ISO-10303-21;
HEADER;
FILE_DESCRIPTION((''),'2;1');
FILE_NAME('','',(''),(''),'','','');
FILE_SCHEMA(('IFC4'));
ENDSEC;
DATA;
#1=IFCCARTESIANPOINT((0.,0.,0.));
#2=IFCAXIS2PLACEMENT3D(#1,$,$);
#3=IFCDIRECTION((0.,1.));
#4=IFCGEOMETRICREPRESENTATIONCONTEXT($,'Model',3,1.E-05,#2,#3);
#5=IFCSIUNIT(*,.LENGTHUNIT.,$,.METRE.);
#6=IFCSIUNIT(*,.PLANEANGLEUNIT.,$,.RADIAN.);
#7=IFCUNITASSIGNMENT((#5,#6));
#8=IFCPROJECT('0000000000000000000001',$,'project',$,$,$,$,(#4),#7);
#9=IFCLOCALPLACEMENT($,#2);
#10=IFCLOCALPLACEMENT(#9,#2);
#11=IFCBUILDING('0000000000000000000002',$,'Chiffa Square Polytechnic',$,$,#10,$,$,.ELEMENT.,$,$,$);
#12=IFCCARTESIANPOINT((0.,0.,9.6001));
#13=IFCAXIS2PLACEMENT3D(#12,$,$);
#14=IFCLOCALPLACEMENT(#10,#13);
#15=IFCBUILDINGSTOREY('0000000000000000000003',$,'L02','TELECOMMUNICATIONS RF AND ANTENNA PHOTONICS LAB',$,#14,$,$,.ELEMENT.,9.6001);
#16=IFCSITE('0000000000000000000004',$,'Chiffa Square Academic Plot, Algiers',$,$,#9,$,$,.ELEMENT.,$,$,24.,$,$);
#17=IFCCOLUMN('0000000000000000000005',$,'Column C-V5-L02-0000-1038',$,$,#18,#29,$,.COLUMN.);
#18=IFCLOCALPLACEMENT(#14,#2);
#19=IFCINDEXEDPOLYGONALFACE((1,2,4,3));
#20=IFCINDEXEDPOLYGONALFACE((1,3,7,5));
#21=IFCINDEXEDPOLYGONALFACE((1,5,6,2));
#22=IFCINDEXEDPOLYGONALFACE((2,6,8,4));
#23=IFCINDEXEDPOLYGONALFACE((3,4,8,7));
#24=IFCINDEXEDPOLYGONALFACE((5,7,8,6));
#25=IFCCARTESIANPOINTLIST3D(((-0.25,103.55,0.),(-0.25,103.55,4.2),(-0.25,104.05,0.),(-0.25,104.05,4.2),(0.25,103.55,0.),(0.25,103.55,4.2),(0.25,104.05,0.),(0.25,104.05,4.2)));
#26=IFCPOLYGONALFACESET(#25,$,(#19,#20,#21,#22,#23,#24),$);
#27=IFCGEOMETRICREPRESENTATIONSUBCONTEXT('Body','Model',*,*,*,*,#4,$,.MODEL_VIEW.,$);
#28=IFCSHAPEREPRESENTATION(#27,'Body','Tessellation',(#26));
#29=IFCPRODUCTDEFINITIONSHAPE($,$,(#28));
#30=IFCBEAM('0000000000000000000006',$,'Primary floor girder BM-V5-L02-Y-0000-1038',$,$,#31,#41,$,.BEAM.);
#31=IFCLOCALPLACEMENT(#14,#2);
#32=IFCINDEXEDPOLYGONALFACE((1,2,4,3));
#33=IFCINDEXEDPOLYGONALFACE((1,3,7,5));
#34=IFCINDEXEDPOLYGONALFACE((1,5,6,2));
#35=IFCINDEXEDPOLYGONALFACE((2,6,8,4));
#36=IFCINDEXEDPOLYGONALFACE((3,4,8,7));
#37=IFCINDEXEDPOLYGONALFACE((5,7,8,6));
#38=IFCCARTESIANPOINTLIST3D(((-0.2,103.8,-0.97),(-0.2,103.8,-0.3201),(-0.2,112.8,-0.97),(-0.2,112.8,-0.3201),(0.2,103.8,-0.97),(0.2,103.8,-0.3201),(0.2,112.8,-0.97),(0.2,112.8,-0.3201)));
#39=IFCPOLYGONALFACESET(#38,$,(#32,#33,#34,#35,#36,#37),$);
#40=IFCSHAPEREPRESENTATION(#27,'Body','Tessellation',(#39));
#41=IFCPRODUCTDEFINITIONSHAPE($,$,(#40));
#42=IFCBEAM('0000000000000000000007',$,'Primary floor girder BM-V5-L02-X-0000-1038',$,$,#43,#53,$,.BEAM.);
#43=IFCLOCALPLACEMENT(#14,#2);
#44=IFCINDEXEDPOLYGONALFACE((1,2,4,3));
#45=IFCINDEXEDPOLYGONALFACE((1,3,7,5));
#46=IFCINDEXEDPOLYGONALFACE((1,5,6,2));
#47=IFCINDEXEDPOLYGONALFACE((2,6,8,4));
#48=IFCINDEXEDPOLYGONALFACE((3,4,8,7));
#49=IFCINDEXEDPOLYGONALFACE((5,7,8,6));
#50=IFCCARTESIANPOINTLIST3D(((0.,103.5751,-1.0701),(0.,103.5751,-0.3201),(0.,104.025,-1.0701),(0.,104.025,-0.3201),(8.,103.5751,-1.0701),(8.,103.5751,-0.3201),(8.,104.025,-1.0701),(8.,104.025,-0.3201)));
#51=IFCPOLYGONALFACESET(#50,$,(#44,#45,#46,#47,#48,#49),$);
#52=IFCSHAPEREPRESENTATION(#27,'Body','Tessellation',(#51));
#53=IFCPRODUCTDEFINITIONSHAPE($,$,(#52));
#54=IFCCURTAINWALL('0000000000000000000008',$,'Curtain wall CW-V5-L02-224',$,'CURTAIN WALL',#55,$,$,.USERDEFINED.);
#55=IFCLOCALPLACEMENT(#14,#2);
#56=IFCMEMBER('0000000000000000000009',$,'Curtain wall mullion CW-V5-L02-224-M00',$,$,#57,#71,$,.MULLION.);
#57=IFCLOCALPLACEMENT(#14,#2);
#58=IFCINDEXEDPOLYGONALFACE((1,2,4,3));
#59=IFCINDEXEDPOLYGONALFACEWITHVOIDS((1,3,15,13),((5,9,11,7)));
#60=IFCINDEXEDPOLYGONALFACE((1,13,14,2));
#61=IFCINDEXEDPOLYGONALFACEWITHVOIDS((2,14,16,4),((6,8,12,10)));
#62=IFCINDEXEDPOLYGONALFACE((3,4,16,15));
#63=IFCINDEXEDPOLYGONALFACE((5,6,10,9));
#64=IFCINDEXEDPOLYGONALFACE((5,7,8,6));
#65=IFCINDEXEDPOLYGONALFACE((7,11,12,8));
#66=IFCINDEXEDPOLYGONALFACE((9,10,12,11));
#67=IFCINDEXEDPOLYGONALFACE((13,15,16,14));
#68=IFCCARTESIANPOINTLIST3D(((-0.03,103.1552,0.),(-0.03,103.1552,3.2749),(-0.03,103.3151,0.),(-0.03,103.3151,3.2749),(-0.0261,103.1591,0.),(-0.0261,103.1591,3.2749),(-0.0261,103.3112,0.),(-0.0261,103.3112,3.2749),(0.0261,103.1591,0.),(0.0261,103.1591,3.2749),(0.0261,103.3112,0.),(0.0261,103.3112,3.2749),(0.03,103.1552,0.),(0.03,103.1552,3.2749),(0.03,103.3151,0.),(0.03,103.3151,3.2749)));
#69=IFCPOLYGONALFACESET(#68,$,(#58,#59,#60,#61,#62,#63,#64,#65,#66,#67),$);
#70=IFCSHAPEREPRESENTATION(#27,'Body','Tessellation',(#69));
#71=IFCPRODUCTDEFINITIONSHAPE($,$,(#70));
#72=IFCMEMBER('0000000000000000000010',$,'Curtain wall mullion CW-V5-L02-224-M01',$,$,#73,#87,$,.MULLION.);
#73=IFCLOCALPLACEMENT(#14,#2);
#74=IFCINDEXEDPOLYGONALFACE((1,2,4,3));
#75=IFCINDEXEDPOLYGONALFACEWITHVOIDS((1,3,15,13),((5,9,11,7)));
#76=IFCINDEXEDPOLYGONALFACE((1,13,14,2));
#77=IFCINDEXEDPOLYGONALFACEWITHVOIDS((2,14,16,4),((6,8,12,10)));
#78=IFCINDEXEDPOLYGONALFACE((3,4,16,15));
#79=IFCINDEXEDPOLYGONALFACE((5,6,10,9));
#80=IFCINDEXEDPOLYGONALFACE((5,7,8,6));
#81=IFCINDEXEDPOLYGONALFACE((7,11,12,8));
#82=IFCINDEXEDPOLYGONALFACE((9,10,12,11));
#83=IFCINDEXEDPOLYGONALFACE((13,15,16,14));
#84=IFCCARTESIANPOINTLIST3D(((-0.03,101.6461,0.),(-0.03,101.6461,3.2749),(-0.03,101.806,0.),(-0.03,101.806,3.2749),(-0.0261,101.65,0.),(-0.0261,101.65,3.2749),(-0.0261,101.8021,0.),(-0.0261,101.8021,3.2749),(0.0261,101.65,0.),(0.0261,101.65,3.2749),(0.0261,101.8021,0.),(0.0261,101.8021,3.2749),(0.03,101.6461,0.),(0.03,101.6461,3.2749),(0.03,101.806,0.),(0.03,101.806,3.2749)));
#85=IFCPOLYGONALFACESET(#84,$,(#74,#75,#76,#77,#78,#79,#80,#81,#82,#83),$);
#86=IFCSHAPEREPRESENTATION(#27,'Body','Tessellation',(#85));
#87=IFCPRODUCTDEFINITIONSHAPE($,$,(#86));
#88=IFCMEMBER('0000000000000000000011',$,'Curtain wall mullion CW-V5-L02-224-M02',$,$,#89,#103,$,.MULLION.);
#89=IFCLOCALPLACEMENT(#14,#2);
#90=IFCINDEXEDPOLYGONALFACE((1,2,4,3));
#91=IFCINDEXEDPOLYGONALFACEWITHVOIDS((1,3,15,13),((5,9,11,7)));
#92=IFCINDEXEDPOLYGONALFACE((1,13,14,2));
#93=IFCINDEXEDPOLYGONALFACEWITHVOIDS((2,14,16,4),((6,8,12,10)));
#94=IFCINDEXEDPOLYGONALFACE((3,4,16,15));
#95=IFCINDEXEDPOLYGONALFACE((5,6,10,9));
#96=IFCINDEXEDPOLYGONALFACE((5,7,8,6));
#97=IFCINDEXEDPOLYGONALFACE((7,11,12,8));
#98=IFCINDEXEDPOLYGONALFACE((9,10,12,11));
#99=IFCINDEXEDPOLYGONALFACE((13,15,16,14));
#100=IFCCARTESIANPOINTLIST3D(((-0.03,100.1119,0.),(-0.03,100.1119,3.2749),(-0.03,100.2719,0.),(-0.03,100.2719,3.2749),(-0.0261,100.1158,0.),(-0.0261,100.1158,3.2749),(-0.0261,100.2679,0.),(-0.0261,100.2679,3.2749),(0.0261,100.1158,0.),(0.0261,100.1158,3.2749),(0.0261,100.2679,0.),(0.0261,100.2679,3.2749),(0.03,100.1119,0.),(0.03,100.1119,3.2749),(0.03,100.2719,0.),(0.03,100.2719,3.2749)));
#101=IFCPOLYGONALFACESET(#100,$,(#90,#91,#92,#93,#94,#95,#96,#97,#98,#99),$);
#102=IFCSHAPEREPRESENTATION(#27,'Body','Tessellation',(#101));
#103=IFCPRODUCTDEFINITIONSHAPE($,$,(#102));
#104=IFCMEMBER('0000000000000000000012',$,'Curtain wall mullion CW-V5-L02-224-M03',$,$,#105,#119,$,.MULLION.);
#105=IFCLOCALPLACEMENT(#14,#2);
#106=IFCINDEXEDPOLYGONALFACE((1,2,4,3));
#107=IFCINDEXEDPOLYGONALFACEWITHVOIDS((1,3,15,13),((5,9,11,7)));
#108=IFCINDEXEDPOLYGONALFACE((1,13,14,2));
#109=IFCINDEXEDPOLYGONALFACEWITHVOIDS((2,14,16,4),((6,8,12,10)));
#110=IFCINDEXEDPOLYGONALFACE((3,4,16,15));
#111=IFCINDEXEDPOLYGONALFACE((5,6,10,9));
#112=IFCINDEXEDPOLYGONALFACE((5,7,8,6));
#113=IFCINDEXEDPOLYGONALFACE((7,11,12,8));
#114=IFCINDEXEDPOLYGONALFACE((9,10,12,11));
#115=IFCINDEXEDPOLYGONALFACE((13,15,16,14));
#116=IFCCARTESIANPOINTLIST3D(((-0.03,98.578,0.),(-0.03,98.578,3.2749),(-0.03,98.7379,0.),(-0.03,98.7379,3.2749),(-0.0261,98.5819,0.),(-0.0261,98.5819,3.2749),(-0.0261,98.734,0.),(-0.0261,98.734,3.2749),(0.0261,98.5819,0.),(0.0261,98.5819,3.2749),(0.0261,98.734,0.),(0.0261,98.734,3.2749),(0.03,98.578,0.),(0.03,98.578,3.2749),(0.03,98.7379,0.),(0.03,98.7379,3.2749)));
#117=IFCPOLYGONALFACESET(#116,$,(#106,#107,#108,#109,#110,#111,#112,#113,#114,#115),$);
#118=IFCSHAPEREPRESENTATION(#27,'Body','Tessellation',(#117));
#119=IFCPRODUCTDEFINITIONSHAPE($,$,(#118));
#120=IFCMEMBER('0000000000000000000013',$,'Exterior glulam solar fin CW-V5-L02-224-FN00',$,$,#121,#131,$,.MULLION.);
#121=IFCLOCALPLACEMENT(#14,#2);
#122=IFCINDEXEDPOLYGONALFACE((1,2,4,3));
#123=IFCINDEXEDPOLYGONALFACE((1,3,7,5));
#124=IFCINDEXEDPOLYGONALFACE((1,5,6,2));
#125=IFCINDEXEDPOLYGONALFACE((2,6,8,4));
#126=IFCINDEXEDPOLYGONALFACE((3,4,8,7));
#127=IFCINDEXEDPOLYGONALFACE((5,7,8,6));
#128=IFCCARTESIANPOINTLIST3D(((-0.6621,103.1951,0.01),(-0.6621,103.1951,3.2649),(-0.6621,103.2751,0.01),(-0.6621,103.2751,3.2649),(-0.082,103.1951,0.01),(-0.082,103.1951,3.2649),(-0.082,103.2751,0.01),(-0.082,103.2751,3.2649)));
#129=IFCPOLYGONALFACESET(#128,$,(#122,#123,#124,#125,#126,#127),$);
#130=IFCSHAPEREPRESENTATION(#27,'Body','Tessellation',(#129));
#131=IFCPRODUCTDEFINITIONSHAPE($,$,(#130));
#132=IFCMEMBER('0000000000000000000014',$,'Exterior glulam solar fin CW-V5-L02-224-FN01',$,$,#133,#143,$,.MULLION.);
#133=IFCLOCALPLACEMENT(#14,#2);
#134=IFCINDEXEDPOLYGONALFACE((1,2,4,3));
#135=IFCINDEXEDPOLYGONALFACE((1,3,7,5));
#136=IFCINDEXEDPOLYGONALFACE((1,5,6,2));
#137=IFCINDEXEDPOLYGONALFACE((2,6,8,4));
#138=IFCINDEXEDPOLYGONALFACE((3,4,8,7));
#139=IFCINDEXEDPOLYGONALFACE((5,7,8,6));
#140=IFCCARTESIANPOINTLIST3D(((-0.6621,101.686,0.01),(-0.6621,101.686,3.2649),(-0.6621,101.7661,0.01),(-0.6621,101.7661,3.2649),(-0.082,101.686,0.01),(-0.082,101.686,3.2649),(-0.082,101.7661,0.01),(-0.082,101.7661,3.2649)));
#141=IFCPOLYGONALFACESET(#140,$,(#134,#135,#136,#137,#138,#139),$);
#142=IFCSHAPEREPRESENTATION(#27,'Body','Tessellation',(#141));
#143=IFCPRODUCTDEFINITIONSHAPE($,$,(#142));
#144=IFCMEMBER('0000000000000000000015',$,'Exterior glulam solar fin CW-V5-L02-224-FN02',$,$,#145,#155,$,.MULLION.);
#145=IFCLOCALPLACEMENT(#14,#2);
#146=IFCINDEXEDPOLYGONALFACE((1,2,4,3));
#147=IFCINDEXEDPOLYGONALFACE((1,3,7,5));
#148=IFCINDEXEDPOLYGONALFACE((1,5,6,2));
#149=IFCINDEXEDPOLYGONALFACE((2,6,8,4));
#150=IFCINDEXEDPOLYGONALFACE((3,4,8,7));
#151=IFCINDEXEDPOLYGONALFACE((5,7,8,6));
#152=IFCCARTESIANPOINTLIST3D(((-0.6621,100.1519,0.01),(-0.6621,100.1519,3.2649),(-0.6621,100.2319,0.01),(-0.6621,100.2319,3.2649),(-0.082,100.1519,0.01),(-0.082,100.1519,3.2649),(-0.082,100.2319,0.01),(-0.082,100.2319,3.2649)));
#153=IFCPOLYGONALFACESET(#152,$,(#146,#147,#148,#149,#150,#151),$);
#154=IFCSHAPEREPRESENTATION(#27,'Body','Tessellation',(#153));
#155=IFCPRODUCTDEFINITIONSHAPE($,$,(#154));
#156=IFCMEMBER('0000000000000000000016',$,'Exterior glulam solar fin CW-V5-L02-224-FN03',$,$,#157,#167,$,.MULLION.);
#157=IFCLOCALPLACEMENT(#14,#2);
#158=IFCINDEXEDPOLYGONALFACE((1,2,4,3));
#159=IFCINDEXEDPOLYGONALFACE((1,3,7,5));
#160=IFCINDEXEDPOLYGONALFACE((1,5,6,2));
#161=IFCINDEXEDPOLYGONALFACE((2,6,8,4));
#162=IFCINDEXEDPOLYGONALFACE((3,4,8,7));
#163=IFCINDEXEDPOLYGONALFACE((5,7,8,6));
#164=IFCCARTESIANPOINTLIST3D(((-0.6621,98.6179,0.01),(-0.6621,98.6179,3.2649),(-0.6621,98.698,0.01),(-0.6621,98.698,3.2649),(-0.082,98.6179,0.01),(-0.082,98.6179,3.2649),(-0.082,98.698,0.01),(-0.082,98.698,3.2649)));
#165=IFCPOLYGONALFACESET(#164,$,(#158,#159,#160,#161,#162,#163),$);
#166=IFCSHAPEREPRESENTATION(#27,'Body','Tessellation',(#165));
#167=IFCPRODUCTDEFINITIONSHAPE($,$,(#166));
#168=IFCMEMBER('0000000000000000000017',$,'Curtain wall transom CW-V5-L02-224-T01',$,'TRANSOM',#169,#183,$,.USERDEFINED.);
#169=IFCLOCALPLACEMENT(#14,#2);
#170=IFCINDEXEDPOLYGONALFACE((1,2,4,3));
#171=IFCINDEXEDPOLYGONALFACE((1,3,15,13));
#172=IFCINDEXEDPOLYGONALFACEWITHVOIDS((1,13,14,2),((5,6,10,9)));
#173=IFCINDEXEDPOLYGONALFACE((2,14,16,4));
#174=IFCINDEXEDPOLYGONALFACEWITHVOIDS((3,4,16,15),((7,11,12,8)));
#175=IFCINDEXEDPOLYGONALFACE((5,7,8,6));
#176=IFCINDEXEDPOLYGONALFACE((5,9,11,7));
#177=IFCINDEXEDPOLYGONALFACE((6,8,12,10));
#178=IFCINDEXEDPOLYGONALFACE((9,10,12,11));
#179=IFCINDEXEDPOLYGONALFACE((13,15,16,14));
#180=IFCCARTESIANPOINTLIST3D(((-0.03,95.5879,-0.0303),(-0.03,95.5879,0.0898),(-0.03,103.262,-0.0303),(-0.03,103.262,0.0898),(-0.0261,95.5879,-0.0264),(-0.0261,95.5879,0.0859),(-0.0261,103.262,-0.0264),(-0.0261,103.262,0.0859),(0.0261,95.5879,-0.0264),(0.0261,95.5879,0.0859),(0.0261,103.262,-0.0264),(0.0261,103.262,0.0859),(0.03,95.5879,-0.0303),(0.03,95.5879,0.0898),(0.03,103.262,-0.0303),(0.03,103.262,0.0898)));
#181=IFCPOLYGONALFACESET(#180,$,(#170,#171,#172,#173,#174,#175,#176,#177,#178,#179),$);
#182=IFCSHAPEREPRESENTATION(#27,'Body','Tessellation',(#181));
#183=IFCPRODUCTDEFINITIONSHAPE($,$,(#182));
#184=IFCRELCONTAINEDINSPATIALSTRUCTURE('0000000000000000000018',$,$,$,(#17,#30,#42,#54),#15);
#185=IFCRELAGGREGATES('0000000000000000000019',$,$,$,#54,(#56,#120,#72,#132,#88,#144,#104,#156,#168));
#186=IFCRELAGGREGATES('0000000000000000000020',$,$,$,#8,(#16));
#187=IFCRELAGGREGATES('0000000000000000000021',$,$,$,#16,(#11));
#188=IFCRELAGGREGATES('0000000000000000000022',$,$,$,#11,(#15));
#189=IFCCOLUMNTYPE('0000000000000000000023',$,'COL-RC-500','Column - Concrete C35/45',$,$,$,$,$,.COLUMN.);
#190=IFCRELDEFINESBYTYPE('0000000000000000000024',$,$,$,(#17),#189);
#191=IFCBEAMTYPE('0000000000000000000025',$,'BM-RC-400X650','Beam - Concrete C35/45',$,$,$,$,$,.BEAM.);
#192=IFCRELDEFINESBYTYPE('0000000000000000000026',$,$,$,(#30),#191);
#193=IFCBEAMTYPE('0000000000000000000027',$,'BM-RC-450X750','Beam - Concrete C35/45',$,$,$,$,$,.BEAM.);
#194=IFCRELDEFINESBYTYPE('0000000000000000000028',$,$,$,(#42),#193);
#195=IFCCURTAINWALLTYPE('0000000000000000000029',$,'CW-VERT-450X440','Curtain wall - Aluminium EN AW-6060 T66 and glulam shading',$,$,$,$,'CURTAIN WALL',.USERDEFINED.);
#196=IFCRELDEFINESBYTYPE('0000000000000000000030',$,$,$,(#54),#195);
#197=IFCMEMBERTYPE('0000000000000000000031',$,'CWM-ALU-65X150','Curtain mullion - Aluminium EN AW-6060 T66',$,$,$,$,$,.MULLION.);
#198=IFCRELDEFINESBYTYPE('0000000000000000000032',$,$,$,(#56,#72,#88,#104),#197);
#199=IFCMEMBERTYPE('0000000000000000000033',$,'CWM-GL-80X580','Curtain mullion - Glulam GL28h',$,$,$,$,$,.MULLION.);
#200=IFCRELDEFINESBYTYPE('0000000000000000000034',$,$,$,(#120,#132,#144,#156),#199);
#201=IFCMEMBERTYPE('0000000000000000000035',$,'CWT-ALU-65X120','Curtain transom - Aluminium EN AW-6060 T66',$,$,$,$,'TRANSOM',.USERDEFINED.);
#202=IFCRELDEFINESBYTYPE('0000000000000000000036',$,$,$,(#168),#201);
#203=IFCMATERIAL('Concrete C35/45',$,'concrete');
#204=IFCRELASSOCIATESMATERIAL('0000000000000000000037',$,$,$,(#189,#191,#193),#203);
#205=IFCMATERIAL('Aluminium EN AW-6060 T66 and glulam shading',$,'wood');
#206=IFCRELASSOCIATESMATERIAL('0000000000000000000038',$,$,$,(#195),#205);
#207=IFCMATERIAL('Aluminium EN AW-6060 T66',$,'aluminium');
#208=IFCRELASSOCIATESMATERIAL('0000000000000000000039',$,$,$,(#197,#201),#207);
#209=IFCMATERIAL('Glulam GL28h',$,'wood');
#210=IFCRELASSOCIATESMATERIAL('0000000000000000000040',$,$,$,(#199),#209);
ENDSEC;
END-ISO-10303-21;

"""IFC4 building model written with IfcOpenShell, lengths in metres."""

from ifc_helpers import new_model, si_unit, direction, frame, origin, origin_2d, place, context, subcontext, project, spatial, rectangle, hollow_rectangle, extrude, material, material_profile, profile_set, type_object, element, aggregate, save


model = new_model("IFC4")

# Units and contexts
model_context = context("Model", 3, precision=1e-05, world=origin(), true_north=direction((0.0, 1.0)))
body_context = subcontext(model_context, "Body", "Model", "MODEL_VIEW")
ifc_project = project(units=[si_unit("LENGTHUNIT", "METRE"), si_unit("PLANEANGLEUNIT", "RADIAN")], contexts=[model_context])

# Site, building, storey
site_placement = place(None, origin())
site = spatial("IfcSite", under=ifc_project, at=site_placement, Name="Chiffa Square Academic Plot, Algiers", CompositionType="ELEMENT", RefElevation=24.0)
building_placement = place(site_placement, origin())
building = spatial("IfcBuilding", under=site, at=building_placement, Name="Chiffa Square Polytechnic", CompositionType="ELEMENT")
storey_placement = place(building_placement, frame((0.0, 0.0, 9.6001)))
storey = spatial("IfcBuildingStorey", under=building, at=storey_placement, Name="L02", Description="TELECOMMUNICATIONS RF AND ANTENNA PHOTONICS LAB", CompositionType="ELEMENT", Elevation=9.6001)

# Column
ifc_material_1 = material(Name="Concrete C35/45", Category="concrete")
ifc_material_profile_1 = material_profile(ifc_material_1, rectangle(XDim=0.5, YDim=0.5, at=origin_2d()), Name="RC 500x500")
ifc_profile_set_1 = profile_set([ifc_material_profile_1], Name="Concrete C35/45")
column_type = type_object("IfcColumnType", Name="COL-RC-500", Description="Column - Concrete C35/45", PredefinedType="COLUMN", material=ifc_profile_set_1)
column_placement = place(storey_placement, frame((0.0, 103.8, 0.0), z_axis=(0.0, 0.0, 1.0), x_axis=(1.0, 0.0, 0.0)))
element("IfcColumn", 1, at=column_placement, inside=storey, type_object=column_type, Name="Column C-V5-L02-0000-1038", PredefinedType="COLUMN", context=body_context, shape_type="SweptSolid", body=[
    extrude(rectangle(XDim=0.5, YDim=0.5, at=origin_2d()), origin(), (0.0, 0.0, 1.0), 4.2),
])

# Beams
ifc_material_profile_2 = material_profile(ifc_material_1, rectangle(XDim=0.3999, YDim=0.6499, at=origin_2d()), Name="RC 400x650")
ifc_profile_set_2 = profile_set([ifc_material_profile_2], Name="Concrete C35/45")
beam_type_1 = type_object("IfcBeamType", Name="BM-RC-400X650", Description="Beam - Concrete C35/45", PredefinedType="BEAM", material=ifc_profile_set_2)
beam_1_placement = place(storey_placement, frame((0.0, 103.8, -0.645), z_axis=(0.0, 1.0, 0.0), x_axis=(-1.0, 0.0, 0.0)))
element("IfcBeam", 2, at=beam_1_placement, inside=storey, type_object=beam_type_1, Name="Primary floor girder BM-V5-L02-Y-0000-1038", PredefinedType="BEAM", context=body_context, shape_type="SweptSolid", body=[
    extrude(rectangle(XDim=0.3999, YDim=0.6499, at=origin_2d()), origin(), (0.0, 0.0, 1.0), 9.0),
])
ifc_material_profile_3 = material_profile(ifc_material_1, rectangle(XDim=0.45, YDim=0.75, at=origin_2d()), Name="RC 450x750")
ifc_profile_set_3 = profile_set([ifc_material_profile_3], Name="Concrete C35/45")
beam_type_2 = type_object("IfcBeamType", Name="BM-RC-450X750", Description="Beam - Concrete C35/45", PredefinedType="BEAM", material=ifc_profile_set_3)
beam_2_placement = place(storey_placement, frame((0.0, 103.8, -0.6951), z_axis=(1.0, 0.0, 0.0), x_axis=(0.0, 1.0, 0.0)))
element("IfcBeam", 3, at=beam_2_placement, inside=storey, type_object=beam_type_2, Name="Primary floor girder BM-V5-L02-X-0000-1038", PredefinedType="BEAM", context=body_context, shape_type="SweptSolid", body=[
    extrude(rectangle(XDim=0.45, YDim=0.75, at=origin_2d()), origin(), (0.0, 0.0, 1.0), 8.0),
])

# Curtain wall, members
ifc_material_2 = material(Name="Aluminium EN AW-6060 T66 and glulam shading", Category="wood")
curtain_wall_type = type_object("IfcCurtainWallType", Name="CW-VERT-450X440", Description="Curtain wall - Aluminium EN AW-6060 T66 and glulam shading", ElementType="CURTAIN WALL", PredefinedType="USERDEFINED", material=ifc_material_2)
curtain_wall_placement = place(storey_placement, origin())
curtain_wall = element("IfcCurtainWall", 4, at=curtain_wall_placement, inside=storey, type_object=curtain_wall_type, Name="Curtain wall CW-V5-L02-224", ObjectType="CURTAIN WALL", PredefinedType="USERDEFINED")
ifc_material_3 = material(Name="Aluminium EN AW-6060 T66", Category="aluminium")
ifc_material_profile_4 = material_profile(ifc_material_3, hollow_rectangle(XDim=0.0601, YDim=0.1599, WallThickness=0.0039, at=origin_2d()), Name="ALU 60x160x4")
ifc_profile_set_4 = profile_set([ifc_material_profile_4], Name="Aluminium EN AW-6060 T66")
member_type_1 = type_object("IfcMemberType", Name="CWM-ALU-65X150", Description="Curtain mullion - Aluminium EN AW-6060 T66", PredefinedType="MULLION", material=ifc_profile_set_4)
member_1_placement = place(storey_placement, frame((0.0, 103.2351, 0.0), z_axis=(0.0, 0.0, 1.0), x_axis=(1.0, 0.0, 0.0)))
member_1 = element("IfcMember", 5, at=member_1_placement, type_object=member_type_1, Name="Curtain wall mullion CW-V5-L02-224-M00", PredefinedType="MULLION", context=body_context, shape_type="SweptSolid", body=[
    extrude(hollow_rectangle(XDim=0.0601, YDim=0.1599, WallThickness=0.0039, at=origin_2d()), origin(), (0.0, 0.0, 1.0), 3.2749),
])
member_2_placement = place(storey_placement, frame((0.0, 101.7261, 0.0), z_axis=(0.0, 0.0, 1.0), x_axis=(1.0, 0.0, 0.0)))
member_2 = element("IfcMember", 6, at=member_2_placement, type_object=member_type_1, Name="Curtain wall mullion CW-V5-L02-224-M01", PredefinedType="MULLION", context=body_context, shape_type="SweptSolid", body=[
    extrude(hollow_rectangle(XDim=0.0601, YDim=0.1599, WallThickness=0.0039, at=origin_2d()), origin(), (0.0, 0.0, 1.0), 3.2749),
])
member_3_placement = place(storey_placement, frame((0.0, 100.1919, 0.0), z_axis=(0.0, 0.0, 1.0), x_axis=(1.0, 0.0, 0.0)))
member_3 = element("IfcMember", 7, at=member_3_placement, type_object=member_type_1, Name="Curtain wall mullion CW-V5-L02-224-M02", PredefinedType="MULLION", context=body_context, shape_type="SweptSolid", body=[
    extrude(hollow_rectangle(XDim=0.0601, YDim=0.1599, WallThickness=0.0039, at=origin_2d()), origin(), (0.0, 0.0, 1.0), 3.2749),
])
member_4_placement = place(storey_placement, frame((0.0, 98.658, 0.0), z_axis=(0.0, 0.0, 1.0), x_axis=(1.0, 0.0, 0.0)))
member_4 = element("IfcMember", 8, at=member_4_placement, type_object=member_type_1, Name="Curtain wall mullion CW-V5-L02-224-M03", PredefinedType="MULLION", context=body_context, shape_type="SweptSolid", body=[
    extrude(hollow_rectangle(XDim=0.0601, YDim=0.1599, WallThickness=0.0039, at=origin_2d()), origin(), (0.0, 0.0, 1.0), 3.2749),
])
ifc_material_4 = material(Name="Glulam GL28h", Category="wood")
ifc_material_profile_5 = material_profile(ifc_material_4, rectangle(XDim=0.0801, YDim=0.5801, at=origin_2d()), Name="GL28h 80x580")
ifc_profile_set_5 = profile_set([ifc_material_profile_5], Name="Glulam GL28h")
member_type_2 = type_object("IfcMemberType", Name="CWM-GL-80X580", Description="Curtain mullion - Glulam GL28h", PredefinedType="MULLION", material=ifc_profile_set_5)
member_5_placement = place(storey_placement, frame((-0.3721, 103.2351, 0.01), z_axis=(0.0, 0.0, 1.0), x_axis=(0.0, -1.0, 0.0)))
member_5 = element("IfcMember", 9, at=member_5_placement, type_object=member_type_2, Name="Exterior glulam solar fin CW-V5-L02-224-FN00", PredefinedType="MULLION", context=body_context, shape_type="SweptSolid", body=[
    extrude(rectangle(XDim=0.0801, YDim=0.5801, at=origin_2d()), origin(), (0.0, 0.0, 1.0), 3.2549),
])
member_6_placement = place(storey_placement, frame((-0.3721, 101.7261, 0.01), z_axis=(0.0, 0.0, 1.0), x_axis=(0.0, -1.0, 0.0)))
member_6 = element("IfcMember", 10, at=member_6_placement, type_object=member_type_2, Name="Exterior glulam solar fin CW-V5-L02-224-FN01", PredefinedType="MULLION", context=body_context, shape_type="SweptSolid", body=[
    extrude(rectangle(XDim=0.0801, YDim=0.5801, at=origin_2d()), origin(), (0.0, 0.0, 1.0), 3.2549),
])
member_7_placement = place(storey_placement, frame((-0.3721, 100.1919, 0.01), z_axis=(0.0, 0.0, 1.0), x_axis=(0.0, -1.0, 0.0)))
member_7 = element("IfcMember", 11, at=member_7_placement, type_object=member_type_2, Name="Exterior glulam solar fin CW-V5-L02-224-FN02", PredefinedType="MULLION", context=body_context, shape_type="SweptSolid", body=[
    extrude(rectangle(XDim=0.0801, YDim=0.5801, at=origin_2d()), origin(), (0.0, 0.0, 1.0), 3.2549),
])
member_8_placement = place(storey_placement, frame((-0.3721, 98.658, 0.01), z_axis=(0.0, 0.0, 1.0), x_axis=(0.0, -1.0, 0.0)))
member_8 = element("IfcMember", 12, at=member_8_placement, type_object=member_type_2, Name="Exterior glulam solar fin CW-V5-L02-224-FN03", PredefinedType="MULLION", context=body_context, shape_type="SweptSolid", body=[
    extrude(rectangle(XDim=0.0801, YDim=0.5801, at=origin_2d()), origin(), (0.0, 0.0, 1.0), 3.2549),
])
ifc_material_profile_6 = material_profile(ifc_material_3, hollow_rectangle(XDim=0.0601, YDim=0.1201, WallThickness=0.0039, at=origin_2d()), Name="ALU 60x120x4")
ifc_profile_set_6 = profile_set([ifc_material_profile_6], Name="Aluminium EN AW-6060 T66")
member_type_3 = type_object("IfcMemberType", Name="CWT-ALU-65X120", Description="Curtain transom - Aluminium EN AW-6060 T66", ElementType="TRANSOM", PredefinedType="USERDEFINED", material=ifc_profile_set_6)
member_9_placement = place(storey_placement, frame((0.0, 103.262, 0.0298), z_axis=(0.0, -1.0, 0.0), x_axis=(1.0, 0.0, 0.0)))
member_9 = element("IfcMember", 13, at=member_9_placement, type_object=member_type_3, Name="Curtain wall transom CW-V5-L02-224-T01", ObjectType="TRANSOM", PredefinedType="USERDEFINED", context=body_context, shape_type="SweptSolid", body=[
    extrude(hollow_rectangle(XDim=0.0601, YDim=0.1201, WallThickness=0.0039, at=origin_2d()), origin(), (0.0, 0.0, 1.0), 7.6741),
])

aggregate(curtain_wall, [member_1, member_5, member_2, member_6, member_3, member_7, member_4, member_8, member_9])

save(model, "model.ifc")
